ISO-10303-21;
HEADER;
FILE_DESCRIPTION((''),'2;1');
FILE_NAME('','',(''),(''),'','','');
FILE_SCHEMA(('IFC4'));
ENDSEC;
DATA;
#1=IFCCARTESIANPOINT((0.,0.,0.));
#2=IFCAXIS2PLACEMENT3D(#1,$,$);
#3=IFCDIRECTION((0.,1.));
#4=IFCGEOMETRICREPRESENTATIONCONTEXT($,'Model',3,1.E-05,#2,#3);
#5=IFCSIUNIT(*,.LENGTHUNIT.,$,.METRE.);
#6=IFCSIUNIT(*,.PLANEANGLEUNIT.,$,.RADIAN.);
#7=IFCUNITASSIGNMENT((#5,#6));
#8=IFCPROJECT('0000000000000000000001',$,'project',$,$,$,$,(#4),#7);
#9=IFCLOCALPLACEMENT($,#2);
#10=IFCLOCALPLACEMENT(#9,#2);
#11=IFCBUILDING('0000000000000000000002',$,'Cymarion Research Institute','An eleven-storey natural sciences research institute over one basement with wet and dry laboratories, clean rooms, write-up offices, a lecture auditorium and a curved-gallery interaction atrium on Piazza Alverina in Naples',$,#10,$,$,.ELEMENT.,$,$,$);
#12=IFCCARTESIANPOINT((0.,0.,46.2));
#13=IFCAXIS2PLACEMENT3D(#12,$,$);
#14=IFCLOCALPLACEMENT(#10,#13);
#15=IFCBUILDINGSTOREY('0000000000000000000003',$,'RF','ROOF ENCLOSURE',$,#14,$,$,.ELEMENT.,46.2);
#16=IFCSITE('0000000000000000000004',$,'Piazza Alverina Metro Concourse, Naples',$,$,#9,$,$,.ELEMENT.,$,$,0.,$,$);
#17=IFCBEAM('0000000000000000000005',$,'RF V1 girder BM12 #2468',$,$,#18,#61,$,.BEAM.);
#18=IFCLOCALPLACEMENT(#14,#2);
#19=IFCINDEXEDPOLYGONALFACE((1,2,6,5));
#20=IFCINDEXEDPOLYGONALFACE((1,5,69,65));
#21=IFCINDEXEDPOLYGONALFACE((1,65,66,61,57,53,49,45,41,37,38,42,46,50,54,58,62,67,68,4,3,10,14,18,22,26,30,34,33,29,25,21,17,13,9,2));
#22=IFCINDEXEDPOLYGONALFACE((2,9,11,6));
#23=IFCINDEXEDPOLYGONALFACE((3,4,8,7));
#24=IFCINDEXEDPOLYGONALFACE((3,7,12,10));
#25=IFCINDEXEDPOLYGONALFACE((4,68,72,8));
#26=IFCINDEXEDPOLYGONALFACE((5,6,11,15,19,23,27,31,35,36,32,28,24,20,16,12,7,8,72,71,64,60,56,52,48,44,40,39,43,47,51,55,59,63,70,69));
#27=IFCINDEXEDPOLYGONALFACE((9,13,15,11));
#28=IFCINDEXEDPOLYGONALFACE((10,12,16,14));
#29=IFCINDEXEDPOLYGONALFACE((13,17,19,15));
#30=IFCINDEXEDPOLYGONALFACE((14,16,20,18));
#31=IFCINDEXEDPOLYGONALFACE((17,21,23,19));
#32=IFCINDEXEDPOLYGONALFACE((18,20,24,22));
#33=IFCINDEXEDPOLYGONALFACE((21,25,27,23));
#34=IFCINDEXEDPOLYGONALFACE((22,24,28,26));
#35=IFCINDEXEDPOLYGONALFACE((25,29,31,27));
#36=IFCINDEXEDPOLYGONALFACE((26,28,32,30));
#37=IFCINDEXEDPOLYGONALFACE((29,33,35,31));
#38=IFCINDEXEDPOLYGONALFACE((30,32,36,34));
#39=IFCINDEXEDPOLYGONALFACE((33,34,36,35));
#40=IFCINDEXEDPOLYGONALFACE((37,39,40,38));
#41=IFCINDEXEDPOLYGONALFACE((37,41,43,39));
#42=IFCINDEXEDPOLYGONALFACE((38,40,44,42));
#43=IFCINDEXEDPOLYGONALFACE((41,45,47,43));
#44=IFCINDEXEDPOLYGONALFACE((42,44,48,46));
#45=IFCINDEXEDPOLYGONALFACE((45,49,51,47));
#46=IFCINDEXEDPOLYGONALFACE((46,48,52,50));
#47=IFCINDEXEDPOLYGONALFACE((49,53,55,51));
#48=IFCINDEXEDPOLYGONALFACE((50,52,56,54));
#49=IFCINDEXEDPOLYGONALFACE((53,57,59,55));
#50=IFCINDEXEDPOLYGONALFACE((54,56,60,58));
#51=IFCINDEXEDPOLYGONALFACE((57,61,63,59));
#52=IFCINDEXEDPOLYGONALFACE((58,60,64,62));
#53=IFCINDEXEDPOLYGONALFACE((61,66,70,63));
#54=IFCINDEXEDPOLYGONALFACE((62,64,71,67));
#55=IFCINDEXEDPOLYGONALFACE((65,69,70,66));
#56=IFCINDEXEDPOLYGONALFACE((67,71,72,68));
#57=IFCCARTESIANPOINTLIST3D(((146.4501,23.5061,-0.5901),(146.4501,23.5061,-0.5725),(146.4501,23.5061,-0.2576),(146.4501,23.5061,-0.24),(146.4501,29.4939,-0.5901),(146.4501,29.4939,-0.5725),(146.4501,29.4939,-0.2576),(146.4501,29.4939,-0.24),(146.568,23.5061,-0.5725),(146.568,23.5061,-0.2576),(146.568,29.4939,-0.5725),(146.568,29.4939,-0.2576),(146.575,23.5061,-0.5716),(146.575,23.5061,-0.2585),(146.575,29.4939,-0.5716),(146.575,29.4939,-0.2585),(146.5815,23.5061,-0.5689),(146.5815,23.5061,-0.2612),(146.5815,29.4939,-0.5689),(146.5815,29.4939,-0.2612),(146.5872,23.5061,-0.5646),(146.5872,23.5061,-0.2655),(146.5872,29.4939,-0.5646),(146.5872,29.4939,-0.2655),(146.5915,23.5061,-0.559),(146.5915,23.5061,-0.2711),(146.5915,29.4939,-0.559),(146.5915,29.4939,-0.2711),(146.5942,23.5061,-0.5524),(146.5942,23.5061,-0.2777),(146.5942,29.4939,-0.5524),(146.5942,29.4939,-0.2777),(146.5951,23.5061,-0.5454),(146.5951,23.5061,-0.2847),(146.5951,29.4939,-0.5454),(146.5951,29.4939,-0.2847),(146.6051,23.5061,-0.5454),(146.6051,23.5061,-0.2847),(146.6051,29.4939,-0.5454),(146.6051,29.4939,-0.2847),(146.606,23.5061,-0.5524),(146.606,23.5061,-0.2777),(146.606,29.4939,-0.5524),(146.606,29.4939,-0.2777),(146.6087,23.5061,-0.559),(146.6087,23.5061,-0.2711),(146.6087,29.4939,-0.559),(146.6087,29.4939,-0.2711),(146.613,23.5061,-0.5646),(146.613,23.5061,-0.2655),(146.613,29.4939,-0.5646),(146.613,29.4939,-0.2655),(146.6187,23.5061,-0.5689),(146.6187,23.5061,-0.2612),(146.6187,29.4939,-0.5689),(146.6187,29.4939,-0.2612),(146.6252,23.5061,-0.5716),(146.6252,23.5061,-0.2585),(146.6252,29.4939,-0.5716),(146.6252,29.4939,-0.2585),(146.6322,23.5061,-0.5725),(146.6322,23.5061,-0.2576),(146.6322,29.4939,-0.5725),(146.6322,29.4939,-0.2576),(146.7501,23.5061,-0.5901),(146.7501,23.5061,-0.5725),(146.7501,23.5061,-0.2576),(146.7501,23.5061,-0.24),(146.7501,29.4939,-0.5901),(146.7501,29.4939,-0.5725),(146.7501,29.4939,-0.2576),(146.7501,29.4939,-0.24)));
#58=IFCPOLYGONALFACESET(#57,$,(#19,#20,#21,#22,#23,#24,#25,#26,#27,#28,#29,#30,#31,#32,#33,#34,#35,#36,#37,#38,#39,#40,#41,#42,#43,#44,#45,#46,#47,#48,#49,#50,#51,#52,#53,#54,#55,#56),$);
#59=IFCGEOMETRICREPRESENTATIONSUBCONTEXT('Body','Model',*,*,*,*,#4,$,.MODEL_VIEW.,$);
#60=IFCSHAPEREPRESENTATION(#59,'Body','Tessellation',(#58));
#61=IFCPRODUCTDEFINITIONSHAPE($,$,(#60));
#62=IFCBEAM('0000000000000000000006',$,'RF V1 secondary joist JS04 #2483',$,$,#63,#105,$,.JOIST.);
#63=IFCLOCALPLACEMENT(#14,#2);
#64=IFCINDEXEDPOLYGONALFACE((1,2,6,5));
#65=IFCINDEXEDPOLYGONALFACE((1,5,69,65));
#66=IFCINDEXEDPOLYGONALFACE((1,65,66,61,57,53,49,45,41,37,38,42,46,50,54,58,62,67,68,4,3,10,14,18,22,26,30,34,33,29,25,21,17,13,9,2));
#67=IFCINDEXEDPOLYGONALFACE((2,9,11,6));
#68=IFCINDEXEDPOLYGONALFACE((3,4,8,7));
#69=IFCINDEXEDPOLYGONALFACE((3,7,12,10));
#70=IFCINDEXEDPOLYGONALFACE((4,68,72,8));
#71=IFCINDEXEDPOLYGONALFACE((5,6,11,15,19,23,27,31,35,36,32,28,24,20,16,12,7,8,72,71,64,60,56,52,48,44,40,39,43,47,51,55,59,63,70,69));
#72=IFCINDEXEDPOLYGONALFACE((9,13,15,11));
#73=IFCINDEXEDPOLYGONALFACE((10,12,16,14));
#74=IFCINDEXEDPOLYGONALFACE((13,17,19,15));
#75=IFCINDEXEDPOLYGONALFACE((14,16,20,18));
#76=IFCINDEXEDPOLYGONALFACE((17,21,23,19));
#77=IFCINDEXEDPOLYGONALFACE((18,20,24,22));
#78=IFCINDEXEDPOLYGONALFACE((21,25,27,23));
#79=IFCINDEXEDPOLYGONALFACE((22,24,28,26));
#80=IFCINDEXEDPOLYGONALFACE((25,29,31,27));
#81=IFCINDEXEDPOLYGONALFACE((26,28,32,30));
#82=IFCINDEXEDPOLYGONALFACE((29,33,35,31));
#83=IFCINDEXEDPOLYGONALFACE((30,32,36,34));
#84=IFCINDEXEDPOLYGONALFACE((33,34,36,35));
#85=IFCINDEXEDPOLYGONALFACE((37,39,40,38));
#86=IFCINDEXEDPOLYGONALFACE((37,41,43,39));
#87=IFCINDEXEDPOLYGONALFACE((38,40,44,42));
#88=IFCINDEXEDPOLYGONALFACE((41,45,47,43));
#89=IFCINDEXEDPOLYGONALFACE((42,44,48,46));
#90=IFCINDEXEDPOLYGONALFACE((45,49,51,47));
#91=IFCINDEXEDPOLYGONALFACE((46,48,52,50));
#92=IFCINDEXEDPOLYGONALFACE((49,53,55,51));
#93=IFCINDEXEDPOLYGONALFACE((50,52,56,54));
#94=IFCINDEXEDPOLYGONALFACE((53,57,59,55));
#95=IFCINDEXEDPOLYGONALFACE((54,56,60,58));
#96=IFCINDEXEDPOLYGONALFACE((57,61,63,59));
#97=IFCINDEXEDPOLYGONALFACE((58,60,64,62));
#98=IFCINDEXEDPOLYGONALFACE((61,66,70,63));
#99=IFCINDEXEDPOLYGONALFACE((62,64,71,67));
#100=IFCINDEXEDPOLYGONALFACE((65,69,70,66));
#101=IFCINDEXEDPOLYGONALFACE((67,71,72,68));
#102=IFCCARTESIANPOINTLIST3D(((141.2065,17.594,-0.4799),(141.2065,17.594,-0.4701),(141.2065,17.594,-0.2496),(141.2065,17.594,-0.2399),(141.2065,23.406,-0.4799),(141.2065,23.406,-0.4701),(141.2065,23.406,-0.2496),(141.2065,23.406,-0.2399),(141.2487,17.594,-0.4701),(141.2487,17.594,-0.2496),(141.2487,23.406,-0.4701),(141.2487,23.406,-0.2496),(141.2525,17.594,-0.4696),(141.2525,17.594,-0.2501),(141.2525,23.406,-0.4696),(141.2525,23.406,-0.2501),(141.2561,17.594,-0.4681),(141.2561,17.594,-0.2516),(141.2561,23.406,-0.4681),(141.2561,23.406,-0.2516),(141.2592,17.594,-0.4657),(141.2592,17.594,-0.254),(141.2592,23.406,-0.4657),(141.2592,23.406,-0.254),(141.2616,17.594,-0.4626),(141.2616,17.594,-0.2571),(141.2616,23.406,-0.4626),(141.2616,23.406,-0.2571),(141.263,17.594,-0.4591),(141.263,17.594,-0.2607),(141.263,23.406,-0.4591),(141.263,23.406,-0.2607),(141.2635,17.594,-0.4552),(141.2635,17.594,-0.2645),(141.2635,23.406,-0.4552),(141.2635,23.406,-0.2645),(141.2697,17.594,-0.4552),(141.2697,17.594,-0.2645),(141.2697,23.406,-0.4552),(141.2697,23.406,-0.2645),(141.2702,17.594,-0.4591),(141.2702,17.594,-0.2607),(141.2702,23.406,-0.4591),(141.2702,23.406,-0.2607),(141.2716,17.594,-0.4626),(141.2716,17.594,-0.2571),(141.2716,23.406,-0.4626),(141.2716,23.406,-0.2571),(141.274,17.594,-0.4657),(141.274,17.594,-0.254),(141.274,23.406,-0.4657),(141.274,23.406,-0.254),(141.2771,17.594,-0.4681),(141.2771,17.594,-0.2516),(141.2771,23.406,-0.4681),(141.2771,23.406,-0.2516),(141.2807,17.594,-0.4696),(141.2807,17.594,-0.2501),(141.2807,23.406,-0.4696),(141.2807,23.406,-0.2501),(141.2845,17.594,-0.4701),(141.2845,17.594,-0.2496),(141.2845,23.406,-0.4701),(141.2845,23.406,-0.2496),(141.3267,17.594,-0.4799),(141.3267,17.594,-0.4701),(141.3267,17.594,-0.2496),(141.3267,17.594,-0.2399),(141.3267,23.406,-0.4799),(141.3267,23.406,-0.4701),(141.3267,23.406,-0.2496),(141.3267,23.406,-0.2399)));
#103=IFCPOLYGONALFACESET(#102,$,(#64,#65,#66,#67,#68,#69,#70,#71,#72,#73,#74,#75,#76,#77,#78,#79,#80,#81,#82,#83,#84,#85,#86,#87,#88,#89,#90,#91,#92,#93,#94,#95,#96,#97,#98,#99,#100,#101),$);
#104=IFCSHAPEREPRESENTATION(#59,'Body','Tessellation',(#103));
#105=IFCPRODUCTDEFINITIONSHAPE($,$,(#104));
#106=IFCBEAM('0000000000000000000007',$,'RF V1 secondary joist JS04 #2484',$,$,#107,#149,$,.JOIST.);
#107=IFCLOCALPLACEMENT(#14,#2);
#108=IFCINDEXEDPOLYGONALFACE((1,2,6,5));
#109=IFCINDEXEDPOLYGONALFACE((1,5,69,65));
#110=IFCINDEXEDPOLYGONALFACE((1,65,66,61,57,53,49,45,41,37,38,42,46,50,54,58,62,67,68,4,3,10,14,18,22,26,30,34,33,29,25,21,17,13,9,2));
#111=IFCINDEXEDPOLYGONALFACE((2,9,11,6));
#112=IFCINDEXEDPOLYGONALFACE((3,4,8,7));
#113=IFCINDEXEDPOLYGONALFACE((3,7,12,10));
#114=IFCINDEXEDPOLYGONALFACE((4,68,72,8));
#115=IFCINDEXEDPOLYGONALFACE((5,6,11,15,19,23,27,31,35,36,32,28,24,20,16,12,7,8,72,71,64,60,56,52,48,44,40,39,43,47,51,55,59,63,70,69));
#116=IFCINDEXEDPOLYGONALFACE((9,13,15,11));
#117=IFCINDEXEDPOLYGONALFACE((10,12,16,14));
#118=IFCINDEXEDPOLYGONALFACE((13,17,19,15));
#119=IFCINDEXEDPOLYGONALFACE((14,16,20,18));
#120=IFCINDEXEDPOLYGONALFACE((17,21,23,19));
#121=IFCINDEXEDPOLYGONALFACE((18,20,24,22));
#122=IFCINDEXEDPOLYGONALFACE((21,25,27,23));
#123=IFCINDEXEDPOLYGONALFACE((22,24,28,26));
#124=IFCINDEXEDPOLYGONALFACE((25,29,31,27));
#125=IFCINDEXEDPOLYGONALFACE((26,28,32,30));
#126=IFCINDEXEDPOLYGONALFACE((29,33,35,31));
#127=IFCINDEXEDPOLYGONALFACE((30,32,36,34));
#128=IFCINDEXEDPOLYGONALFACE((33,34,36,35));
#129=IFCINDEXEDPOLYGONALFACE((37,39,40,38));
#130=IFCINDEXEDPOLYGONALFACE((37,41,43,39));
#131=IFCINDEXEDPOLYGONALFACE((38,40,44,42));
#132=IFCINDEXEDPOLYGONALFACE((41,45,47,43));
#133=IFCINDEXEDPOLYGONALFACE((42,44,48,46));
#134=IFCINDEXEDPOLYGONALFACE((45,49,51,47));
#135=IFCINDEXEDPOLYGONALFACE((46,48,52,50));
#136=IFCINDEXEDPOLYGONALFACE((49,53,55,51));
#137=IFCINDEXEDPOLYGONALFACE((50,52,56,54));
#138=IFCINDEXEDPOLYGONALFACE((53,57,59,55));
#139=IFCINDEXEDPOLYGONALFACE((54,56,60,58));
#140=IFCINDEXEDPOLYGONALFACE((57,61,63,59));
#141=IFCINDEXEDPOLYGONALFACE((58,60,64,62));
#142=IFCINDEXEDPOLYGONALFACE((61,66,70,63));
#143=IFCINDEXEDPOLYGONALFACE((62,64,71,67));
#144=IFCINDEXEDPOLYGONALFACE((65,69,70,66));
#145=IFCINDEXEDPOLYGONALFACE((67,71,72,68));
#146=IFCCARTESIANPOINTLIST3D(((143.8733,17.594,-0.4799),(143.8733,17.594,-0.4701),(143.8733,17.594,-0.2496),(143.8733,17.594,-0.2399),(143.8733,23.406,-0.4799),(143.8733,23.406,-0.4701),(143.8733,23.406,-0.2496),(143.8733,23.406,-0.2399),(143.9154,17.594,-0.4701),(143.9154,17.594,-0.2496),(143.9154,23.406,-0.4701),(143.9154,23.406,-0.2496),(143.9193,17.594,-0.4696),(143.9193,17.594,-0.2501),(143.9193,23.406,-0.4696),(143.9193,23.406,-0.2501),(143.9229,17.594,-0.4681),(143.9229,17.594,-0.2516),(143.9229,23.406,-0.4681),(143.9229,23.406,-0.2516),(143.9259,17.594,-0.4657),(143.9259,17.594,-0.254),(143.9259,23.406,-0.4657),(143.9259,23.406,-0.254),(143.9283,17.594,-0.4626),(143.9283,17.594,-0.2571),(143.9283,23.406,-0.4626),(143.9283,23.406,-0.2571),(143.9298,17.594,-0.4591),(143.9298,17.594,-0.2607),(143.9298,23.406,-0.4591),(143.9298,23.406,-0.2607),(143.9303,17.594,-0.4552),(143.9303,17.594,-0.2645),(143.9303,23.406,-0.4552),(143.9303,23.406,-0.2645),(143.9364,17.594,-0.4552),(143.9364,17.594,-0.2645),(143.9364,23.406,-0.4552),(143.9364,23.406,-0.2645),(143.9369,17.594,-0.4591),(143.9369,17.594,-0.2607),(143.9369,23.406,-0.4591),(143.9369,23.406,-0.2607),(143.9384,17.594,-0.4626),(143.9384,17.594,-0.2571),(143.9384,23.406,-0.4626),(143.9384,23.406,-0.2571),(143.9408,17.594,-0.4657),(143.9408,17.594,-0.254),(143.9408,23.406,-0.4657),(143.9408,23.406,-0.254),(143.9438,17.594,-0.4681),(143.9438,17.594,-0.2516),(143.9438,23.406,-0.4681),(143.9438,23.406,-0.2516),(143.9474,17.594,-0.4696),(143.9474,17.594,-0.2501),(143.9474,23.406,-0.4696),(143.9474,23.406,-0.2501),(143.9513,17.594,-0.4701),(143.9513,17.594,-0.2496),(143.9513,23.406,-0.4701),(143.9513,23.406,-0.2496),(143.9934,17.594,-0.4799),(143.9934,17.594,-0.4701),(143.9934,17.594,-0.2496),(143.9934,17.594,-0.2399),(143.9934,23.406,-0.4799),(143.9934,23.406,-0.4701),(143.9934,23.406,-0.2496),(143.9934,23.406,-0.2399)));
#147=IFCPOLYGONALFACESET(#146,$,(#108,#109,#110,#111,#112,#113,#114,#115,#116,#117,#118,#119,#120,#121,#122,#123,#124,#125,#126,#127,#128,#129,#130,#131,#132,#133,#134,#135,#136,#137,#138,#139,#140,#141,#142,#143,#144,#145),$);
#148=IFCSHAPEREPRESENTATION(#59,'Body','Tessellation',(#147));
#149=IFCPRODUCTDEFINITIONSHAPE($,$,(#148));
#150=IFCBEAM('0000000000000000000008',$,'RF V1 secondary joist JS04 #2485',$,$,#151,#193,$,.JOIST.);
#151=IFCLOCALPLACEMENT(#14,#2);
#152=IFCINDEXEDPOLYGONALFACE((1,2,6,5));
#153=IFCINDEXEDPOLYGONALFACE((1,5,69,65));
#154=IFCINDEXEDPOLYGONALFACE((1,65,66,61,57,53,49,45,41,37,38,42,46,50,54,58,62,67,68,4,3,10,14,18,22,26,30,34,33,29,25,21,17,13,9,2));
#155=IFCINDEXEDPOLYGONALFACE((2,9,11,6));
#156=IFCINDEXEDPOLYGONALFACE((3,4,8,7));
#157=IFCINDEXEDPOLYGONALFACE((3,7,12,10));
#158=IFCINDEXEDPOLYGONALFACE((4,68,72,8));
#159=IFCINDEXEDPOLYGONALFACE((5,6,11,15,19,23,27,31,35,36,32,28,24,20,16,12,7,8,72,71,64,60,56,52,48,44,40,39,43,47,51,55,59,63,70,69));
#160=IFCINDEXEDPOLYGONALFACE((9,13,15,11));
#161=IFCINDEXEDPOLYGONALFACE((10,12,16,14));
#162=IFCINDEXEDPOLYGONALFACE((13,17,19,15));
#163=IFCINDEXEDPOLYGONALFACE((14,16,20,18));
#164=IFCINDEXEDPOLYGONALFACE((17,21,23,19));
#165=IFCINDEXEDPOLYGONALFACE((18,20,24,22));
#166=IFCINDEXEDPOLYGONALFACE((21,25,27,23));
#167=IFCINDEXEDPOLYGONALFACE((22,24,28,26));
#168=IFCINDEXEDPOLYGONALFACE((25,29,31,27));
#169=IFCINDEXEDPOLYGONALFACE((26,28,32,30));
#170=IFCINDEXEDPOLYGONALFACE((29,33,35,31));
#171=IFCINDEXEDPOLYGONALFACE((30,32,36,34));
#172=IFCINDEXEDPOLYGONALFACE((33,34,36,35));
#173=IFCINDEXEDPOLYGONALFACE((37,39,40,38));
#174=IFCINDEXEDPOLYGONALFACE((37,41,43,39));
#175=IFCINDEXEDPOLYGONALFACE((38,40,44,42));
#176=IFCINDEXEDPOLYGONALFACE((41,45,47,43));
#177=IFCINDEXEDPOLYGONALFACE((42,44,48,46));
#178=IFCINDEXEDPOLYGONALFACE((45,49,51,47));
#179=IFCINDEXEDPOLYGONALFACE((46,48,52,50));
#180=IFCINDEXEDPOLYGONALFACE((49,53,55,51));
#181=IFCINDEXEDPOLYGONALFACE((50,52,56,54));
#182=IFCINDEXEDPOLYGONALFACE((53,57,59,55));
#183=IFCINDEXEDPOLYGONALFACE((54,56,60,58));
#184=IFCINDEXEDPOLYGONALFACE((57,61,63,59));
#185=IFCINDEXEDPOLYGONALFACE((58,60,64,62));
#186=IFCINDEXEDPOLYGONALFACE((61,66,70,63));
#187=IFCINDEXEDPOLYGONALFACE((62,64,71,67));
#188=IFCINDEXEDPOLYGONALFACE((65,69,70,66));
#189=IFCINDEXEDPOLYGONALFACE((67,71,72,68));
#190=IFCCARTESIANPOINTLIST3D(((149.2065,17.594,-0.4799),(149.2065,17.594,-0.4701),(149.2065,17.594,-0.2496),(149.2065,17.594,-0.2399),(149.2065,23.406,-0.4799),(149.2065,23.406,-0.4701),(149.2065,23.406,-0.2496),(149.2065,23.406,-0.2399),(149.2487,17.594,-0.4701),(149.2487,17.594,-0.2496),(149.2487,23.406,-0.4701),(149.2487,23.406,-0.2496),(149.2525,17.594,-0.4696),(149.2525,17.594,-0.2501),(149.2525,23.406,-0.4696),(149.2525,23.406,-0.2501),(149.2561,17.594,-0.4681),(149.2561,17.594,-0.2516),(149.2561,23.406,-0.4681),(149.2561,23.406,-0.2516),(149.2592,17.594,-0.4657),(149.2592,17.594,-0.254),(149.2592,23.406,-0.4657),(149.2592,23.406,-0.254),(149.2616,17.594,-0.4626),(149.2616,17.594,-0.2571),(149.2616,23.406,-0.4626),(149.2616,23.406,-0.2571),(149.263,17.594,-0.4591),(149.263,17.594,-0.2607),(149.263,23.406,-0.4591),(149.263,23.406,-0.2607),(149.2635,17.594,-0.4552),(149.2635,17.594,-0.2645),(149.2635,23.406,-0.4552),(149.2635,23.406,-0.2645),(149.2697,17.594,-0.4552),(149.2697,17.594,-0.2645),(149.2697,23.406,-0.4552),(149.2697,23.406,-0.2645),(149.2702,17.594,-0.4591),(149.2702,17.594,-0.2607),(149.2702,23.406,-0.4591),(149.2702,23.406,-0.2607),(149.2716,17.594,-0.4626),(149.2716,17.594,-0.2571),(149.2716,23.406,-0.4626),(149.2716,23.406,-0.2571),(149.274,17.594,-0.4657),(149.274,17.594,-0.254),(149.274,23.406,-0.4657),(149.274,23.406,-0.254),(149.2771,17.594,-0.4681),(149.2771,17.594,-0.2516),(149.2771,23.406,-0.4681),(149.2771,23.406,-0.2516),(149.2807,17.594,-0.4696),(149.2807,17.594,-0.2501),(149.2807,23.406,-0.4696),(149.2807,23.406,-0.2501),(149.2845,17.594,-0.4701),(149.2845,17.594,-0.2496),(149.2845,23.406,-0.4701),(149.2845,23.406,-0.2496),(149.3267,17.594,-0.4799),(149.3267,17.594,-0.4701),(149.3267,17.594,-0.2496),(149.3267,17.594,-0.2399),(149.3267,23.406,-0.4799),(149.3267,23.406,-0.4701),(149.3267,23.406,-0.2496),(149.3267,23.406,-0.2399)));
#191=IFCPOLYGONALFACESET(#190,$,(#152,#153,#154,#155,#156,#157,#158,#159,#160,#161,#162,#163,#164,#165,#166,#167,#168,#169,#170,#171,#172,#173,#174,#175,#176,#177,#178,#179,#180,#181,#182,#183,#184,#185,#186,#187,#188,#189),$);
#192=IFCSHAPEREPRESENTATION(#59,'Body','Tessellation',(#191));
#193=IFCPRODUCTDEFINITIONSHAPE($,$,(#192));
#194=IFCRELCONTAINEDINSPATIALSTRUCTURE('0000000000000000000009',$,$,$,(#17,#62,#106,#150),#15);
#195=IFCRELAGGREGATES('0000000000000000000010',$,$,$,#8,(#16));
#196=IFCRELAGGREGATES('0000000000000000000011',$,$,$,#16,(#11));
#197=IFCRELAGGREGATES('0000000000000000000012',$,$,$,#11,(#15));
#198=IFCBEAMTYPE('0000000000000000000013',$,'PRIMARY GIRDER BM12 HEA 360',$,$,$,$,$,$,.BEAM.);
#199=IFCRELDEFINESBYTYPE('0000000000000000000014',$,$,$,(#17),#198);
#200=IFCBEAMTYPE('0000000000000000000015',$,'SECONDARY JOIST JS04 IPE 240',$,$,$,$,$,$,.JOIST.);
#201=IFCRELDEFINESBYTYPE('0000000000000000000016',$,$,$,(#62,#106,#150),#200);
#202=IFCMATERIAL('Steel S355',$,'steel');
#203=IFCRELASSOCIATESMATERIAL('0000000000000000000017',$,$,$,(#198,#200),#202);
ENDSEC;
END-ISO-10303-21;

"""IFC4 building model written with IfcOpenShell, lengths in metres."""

from ifc_helpers import new_model, si_unit, direction, frame, origin, origin_2d, place, context, subcontext, project, spatial, i_section, extrude, material, material_profile, profile_set, type_object, element, save


model = new_model("IFC4")

# Units and contexts
model_context = context("Model", 3, precision=1e-05, world=origin(), true_north=direction((0.0, 1.0)))
body_context = subcontext(model_context, "Body", "Model", "MODEL_VIEW")
ifc_project = project(units=[si_unit("LENGTHUNIT", "METRE"), si_unit("PLANEANGLEUNIT", "RADIAN")], contexts=[model_context])

# Site, building, storey
site_placement = place(None, origin())
site = spatial("IfcSite", under=ifc_project, at=site_placement, Name="Piazza Alverina Metro Concourse, Naples", CompositionType="ELEMENT", RefElevation=0.0)
building_placement = place(site_placement, origin())
building = spatial("IfcBuilding", under=site, at=building_placement, Name="Cymarion Research Institute", Description="An eleven-storey natural sciences research institute over one basement with wet and dry laboratories, clean rooms, write-up offices, a lecture auditorium and a curved-gallery interaction atrium on Piazza Alverina in Naples", CompositionType="ELEMENT")
storey_placement = place(building_placement, frame((0.0, 0.0, 46.2)))
storey = spatial("IfcBuildingStorey", under=building, at=storey_placement, Name="RF", Description="ROOF ENCLOSURE", CompositionType="ELEMENT", Elevation=46.2)

# Beams
ifc_material_1 = material(Name="Steel S355", Category="steel")
ifc_material_profile_1 = material_profile(ifc_material_1, i_section(OverallWidth=0.3, OverallDepth=0.3501, WebThickness=0.01, FlangeThickness=0.0176, FilletRadius=0.0271, at=origin_2d()), Name="HEA 360")
ifc_profile_set_1 = profile_set([ifc_material_profile_1], Name="Steel S355")
beam_type_1 = type_object("IfcBeamType", Name="PRIMARY GIRDER BM12 HEA 360", PredefinedType="BEAM", material=ifc_profile_set_1)
for number, where, z_axis, x_axis, name in (
    (1, (146.6001, 23.5061, -0.415), (0.0, 1.0, 0.0), (-1.0, 0.0, 0.0), "RF V1 girder BM12 #2468"),
):
    element("IfcBeam", number, at=place(storey_placement, frame(where, z_axis=z_axis, x_axis=x_axis)), inside=storey, type_object=beam_type_1, Name=name, PredefinedType="BEAM", context=body_context, shape_type="SweptSolid", body=[
        extrude(i_section(OverallWidth=0.3, OverallDepth=0.3501, WebThickness=0.01, FlangeThickness=0.0176, FilletRadius=0.0271, at=origin_2d()), origin(), (0.0, 0.0, 1.0), 5.9878),
    ])
ifc_material_profile_2 = material_profile(ifc_material_1, i_section(OverallWidth=0.1201, OverallDepth=0.24, WebThickness=0.0061, FlangeThickness=0.0098, FilletRadius=0.0149, at=origin_2d()), Name="IPE 240")
ifc_profile_set_2 = profile_set([ifc_material_profile_2], Name="Steel S355")
beam_type_2 = type_object("IfcBeamType", Name="SECONDARY JOIST JS04 IPE 240", PredefinedType="JOIST", material=ifc_profile_set_2)
for number, where, z_axis, x_axis, name in (
    (2, (141.2666, 17.594, -0.3599), (0.0, 1.0, 0.0), (-1.0, 0.0, 0.0), "RF V1 secondary joist JS04 #2483"),
    (3, (143.9333, 17.594, -0.3599), (0.0, 1.0, 0.0), (-1.0, 0.0, 0.0), "RF V1 secondary joist JS04 #2484"),
    (4, (149.2666, 17.594, -0.3599), (0.0, 1.0, 0.0), (-1.0, 0.0, 0.0), "RF V1 secondary joist JS04 #2485"),
):
    element("IfcBeam", number, at=place(storey_placement, frame(where, z_axis=z_axis, x_axis=x_axis)), inside=storey, type_object=beam_type_2, Name=name, PredefinedType="JOIST", context=body_context, shape_type="SweptSolid", body=[
        extrude(i_section(OverallWidth=0.1201, OverallDepth=0.24, WebThickness=0.0061, FlangeThickness=0.0098, FilletRadius=0.0149, at=origin_2d()), origin(), (0.0, 0.0, 1.0), 5.812),
    ])

save(model, "model.ifc")
